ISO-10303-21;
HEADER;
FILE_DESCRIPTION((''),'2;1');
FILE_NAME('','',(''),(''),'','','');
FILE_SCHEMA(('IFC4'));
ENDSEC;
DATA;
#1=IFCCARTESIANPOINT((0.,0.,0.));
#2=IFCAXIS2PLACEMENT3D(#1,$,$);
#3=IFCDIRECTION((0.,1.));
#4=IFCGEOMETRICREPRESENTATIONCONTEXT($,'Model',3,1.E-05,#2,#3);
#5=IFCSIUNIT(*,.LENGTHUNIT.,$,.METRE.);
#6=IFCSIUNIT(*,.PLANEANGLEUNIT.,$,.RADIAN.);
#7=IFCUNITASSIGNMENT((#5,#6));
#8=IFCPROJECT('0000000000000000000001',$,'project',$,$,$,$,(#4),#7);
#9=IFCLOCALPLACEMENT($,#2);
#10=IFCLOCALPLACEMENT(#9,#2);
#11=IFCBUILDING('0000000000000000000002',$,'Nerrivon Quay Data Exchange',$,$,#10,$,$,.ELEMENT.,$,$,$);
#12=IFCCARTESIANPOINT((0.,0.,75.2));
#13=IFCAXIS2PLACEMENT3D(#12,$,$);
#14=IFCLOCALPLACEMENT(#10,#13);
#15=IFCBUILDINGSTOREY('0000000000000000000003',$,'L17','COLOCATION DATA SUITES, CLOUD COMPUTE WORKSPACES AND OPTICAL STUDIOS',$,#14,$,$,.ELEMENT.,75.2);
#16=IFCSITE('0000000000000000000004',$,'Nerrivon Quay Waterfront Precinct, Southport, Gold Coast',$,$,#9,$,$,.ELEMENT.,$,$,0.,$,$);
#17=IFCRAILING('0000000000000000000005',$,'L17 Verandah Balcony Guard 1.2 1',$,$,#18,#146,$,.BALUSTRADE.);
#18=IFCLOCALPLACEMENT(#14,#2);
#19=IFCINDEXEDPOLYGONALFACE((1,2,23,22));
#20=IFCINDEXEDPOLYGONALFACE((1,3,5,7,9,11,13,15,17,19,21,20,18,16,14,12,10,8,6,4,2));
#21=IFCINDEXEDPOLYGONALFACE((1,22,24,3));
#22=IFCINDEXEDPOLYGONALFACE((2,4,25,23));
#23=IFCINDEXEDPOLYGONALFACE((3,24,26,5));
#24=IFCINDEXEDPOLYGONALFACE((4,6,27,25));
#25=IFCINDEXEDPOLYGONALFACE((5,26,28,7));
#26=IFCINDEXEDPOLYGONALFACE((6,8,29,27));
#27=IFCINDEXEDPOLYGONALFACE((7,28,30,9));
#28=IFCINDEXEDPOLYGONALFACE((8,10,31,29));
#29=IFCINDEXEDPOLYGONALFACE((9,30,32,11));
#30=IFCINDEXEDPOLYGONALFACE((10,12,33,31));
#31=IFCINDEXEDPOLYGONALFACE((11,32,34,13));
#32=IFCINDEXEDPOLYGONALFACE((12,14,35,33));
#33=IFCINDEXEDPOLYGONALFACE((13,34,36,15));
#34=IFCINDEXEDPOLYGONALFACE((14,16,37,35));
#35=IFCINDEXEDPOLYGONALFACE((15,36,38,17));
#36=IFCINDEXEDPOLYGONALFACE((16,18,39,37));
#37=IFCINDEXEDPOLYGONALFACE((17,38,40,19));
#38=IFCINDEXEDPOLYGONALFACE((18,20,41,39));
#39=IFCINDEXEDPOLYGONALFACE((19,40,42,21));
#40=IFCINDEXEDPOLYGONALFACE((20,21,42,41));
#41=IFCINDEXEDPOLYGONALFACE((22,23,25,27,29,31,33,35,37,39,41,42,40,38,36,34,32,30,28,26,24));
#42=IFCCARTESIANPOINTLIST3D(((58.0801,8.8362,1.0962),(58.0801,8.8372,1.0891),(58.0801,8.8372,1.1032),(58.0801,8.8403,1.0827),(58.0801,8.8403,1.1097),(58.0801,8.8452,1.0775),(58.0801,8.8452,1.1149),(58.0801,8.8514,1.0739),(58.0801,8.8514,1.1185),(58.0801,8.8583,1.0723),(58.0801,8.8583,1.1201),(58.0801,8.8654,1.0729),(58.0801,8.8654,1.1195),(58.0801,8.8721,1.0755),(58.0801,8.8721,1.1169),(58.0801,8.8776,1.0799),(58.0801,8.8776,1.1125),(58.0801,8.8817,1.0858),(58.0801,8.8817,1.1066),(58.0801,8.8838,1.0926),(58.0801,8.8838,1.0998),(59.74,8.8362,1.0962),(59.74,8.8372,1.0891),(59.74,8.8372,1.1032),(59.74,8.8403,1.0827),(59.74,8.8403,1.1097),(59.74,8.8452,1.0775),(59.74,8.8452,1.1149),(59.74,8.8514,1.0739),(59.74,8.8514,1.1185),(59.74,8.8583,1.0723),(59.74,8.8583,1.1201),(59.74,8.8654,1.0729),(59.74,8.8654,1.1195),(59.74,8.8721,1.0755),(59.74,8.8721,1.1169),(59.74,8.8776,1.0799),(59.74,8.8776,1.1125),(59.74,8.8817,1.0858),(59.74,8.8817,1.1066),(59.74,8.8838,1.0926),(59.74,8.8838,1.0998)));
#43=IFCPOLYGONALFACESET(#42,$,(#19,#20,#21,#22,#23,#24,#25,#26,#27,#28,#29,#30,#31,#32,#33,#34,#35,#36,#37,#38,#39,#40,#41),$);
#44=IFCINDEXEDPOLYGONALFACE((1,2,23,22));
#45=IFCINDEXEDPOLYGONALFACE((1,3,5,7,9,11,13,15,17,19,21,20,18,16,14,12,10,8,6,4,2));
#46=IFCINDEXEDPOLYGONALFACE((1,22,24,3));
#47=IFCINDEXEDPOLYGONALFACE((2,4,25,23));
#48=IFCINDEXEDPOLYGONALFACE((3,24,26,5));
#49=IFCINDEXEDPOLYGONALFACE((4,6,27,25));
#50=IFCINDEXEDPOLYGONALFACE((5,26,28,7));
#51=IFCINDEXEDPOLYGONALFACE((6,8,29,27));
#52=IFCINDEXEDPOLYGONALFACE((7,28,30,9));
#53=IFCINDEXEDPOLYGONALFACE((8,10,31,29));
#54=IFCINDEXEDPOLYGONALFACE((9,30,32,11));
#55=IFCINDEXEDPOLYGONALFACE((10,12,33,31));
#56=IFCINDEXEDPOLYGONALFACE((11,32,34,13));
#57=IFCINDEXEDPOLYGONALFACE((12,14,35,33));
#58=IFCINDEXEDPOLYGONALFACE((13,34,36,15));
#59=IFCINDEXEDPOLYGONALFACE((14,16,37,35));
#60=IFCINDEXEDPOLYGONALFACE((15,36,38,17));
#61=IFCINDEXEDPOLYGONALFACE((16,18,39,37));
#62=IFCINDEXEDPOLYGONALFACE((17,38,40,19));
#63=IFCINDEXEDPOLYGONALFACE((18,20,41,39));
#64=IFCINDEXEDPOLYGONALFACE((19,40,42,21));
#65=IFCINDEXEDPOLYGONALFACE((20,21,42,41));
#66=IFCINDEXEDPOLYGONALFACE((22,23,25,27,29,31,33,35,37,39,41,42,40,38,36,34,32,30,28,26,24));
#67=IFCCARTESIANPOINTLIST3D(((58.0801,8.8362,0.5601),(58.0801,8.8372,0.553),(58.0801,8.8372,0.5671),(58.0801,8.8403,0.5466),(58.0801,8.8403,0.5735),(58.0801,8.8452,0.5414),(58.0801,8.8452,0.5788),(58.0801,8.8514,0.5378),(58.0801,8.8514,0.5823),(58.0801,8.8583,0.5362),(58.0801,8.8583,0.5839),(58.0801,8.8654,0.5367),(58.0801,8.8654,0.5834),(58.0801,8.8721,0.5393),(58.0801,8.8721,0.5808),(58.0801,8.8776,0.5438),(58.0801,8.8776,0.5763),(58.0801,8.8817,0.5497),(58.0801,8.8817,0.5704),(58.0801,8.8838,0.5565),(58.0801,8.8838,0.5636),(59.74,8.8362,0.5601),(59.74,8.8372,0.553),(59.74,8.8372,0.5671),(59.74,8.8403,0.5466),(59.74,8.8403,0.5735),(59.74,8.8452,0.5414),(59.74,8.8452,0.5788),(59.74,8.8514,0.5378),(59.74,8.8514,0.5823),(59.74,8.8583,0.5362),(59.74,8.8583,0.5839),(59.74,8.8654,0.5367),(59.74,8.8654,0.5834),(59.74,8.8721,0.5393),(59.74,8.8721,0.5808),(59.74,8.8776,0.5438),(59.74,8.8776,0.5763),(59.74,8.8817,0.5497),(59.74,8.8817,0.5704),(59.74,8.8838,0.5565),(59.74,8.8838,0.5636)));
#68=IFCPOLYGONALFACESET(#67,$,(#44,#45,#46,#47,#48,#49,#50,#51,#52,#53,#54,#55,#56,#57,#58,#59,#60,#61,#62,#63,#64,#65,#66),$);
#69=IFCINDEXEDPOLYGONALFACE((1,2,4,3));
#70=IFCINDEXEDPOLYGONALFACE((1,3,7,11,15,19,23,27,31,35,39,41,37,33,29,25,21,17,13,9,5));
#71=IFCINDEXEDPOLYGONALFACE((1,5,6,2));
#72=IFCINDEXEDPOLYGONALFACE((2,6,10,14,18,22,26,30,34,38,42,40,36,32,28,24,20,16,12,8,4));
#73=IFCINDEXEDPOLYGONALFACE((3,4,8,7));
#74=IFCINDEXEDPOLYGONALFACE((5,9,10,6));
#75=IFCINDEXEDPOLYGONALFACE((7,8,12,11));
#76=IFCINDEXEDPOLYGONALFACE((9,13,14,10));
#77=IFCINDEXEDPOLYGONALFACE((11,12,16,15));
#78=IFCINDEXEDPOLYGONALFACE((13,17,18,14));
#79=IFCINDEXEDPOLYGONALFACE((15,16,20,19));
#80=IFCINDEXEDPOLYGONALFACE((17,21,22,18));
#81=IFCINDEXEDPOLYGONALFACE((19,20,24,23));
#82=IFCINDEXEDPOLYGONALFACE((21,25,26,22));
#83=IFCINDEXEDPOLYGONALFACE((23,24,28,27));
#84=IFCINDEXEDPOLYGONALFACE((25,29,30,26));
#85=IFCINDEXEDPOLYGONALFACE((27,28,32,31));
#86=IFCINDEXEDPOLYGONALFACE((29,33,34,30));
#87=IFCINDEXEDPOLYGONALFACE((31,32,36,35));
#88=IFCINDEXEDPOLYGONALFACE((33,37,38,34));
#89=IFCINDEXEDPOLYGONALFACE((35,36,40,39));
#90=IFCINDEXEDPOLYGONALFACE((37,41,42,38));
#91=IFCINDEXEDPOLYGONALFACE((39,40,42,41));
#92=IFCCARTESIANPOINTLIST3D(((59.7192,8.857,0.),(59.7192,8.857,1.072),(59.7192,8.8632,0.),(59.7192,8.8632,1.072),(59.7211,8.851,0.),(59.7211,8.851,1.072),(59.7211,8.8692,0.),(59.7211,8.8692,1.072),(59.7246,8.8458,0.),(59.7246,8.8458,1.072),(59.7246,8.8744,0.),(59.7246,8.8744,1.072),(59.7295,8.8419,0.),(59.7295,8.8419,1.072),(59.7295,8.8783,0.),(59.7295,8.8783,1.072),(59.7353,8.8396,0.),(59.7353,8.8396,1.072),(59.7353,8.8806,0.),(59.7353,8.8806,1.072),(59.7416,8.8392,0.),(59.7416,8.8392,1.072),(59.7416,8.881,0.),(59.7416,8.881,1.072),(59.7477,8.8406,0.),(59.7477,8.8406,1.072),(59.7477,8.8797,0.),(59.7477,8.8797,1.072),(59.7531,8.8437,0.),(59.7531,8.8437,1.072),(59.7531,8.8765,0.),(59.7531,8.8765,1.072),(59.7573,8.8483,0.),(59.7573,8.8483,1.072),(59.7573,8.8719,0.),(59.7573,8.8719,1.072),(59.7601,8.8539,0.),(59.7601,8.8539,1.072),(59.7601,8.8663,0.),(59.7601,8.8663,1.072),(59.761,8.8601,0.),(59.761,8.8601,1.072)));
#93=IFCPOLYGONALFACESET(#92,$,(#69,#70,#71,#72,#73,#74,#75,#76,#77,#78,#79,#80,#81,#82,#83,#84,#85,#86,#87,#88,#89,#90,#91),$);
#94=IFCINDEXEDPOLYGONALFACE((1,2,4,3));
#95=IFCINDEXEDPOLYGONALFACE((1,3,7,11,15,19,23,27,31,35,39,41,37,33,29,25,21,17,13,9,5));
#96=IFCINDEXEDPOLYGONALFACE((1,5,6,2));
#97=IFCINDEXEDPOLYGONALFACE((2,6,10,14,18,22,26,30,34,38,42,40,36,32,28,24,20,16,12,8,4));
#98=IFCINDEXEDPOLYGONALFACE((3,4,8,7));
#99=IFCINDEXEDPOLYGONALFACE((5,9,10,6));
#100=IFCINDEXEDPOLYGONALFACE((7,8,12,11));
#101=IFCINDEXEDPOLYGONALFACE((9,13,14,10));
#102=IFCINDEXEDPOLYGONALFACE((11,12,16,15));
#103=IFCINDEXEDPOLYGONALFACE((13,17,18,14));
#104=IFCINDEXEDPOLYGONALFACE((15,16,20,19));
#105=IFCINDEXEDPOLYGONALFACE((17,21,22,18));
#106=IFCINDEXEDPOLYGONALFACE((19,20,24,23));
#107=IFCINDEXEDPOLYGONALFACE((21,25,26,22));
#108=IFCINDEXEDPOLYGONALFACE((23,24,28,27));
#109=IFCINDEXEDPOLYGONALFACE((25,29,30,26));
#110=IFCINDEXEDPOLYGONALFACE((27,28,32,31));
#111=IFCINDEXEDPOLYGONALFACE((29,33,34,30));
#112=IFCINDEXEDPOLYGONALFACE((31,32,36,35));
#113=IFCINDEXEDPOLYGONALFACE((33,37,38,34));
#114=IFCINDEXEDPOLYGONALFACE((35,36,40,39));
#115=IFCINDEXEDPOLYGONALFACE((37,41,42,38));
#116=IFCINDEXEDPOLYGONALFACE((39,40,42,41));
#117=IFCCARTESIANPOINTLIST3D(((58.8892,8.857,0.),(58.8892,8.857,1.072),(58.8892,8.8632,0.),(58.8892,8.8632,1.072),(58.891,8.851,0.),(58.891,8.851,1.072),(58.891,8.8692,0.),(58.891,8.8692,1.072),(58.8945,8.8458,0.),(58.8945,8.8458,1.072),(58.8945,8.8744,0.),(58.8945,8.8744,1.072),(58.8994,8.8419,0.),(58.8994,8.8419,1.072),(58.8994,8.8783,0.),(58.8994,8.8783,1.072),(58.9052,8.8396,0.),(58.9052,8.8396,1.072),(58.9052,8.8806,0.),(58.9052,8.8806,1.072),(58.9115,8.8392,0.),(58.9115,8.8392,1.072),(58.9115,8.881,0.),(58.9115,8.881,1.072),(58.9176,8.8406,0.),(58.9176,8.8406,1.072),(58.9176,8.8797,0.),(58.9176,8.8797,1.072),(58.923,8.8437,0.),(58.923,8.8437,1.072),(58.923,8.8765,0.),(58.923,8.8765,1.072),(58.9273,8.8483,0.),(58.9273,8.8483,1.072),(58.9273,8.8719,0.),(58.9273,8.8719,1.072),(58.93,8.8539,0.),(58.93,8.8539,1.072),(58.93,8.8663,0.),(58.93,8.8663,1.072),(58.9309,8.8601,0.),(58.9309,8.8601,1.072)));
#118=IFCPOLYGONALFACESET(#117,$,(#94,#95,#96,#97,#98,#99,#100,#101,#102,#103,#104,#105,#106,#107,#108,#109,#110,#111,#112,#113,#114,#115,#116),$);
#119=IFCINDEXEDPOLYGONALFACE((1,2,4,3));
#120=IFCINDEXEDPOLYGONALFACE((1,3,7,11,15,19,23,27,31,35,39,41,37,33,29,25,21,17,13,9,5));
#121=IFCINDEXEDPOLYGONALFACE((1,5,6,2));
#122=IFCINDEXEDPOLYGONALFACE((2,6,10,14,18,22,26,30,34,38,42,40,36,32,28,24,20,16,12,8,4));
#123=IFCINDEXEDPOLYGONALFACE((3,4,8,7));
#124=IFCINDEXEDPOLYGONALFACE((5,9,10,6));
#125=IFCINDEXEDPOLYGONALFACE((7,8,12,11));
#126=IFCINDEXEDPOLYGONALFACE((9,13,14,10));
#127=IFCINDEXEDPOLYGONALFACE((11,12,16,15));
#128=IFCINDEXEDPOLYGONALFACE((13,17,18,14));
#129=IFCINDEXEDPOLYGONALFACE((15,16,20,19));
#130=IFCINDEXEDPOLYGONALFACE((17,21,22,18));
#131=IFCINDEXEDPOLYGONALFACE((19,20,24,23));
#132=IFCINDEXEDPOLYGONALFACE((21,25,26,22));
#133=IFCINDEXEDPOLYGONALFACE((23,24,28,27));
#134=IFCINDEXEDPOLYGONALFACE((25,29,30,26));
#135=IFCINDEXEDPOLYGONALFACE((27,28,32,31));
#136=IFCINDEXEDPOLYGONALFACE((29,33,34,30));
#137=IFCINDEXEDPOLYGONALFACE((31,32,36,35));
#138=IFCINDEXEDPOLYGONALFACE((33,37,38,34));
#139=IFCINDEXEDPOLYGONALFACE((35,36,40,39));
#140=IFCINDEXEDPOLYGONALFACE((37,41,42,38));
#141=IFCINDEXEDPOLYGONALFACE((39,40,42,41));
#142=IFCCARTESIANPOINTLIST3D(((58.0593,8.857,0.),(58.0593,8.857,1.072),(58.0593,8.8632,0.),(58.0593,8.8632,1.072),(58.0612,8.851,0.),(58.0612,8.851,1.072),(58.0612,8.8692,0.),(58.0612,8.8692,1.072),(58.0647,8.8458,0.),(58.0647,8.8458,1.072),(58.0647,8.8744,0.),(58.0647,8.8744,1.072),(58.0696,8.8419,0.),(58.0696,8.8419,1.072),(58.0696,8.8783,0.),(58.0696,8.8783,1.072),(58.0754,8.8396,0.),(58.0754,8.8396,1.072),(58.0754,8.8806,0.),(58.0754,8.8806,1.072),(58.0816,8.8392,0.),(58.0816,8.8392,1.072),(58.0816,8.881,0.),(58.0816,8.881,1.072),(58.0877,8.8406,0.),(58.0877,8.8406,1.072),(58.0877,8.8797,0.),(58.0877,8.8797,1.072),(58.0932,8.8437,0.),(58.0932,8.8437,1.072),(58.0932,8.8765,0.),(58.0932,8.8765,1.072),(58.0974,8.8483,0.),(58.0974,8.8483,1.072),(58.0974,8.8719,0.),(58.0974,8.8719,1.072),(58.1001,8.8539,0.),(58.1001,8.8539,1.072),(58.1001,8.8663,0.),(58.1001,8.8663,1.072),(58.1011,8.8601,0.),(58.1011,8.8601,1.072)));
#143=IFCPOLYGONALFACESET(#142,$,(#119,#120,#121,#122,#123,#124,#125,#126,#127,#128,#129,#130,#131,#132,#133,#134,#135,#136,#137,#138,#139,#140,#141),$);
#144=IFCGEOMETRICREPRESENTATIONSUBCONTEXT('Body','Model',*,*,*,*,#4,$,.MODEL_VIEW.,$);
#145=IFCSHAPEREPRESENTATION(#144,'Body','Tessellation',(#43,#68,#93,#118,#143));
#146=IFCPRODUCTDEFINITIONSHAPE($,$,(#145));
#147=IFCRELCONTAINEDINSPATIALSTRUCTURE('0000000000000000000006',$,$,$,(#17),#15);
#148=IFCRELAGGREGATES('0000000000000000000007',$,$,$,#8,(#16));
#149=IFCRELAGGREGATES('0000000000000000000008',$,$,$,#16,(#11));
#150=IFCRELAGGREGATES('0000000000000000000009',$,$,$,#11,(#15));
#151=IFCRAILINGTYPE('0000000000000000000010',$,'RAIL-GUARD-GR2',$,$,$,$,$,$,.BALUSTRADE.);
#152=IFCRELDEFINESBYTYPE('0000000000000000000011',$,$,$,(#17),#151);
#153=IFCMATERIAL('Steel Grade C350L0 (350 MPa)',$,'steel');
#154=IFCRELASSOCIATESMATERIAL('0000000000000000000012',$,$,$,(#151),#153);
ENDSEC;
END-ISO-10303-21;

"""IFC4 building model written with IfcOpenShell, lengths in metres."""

from ifc_helpers import new_model, si_unit, direction, frame, origin, origin_2d, place, context, subcontext, project, spatial, circle, extrude, material, type_object, element, save


model = new_model("IFC4")

# Units and contexts
model_context = context("Model", 3, precision=1e-05, world=origin(), true_north=direction((0.0, 1.0)))
body_context = subcontext(model_context, "Body", "Model", "MODEL_VIEW")
ifc_project = project(units=[si_unit("LENGTHUNIT", "METRE"), si_unit("PLANEANGLEUNIT", "RADIAN")], contexts=[model_context])

# Site, building, storey
site_placement = place(None, origin())
site = spatial("IfcSite", under=ifc_project, at=site_placement, Name="Nerrivon Quay Waterfront Precinct, Southport, Gold Coast", CompositionType="ELEMENT", RefElevation=0.0)
building_placement = place(site_placement, origin())
building = spatial("IfcBuilding", under=site, at=building_placement, Name="Nerrivon Quay Data Exchange", CompositionType="ELEMENT")
storey_placement = place(building_placement, frame((0.0, 0.0, 75.2)))
storey = spatial("IfcBuildingStorey", under=building, at=storey_placement, Name="L17", Description="COLOCATION DATA SUITES, CLOUD COMPUTE WORKSPACES AND OPTICAL STUDIOS", CompositionType="ELEMENT", Elevation=75.2)

# Railing
ifc_material_1 = material(Name="Steel Grade C350L0 (350 MPa)", Category="steel")
railing_type = type_object("IfcRailingType", Name="RAIL-GUARD-GR2", PredefinedType="BALUSTRADE", material=ifc_material_1)
railing_1_placement = place(storey_placement, frame((59.74, 8.8601, 0.0)))
element("IfcRailing", 1, at=railing_1_placement, inside=storey, type_object=railing_type, Name="L17 Verandah Balcony Guard 1.2 1", PredefinedType="BALUSTRADE", context=body_context, shape_type="SweptSolid", body=[
    extrude(circle(Radius=0.0239, at=origin_2d()), frame((0.0, 0.0, 1.0962), z_axis=(-1.0, 0.0, 0.0), x_axis=(0.0, -1.0, 0.0)), (0.0, 0.0, 1.0), 1.6599),
    extrude(circle(Radius=0.0239, at=origin_2d()), frame((0.0, 0.0, 0.5601), z_axis=(-1.0, 0.0, 0.0), x_axis=(0.0, -1.0, 0.0)), (0.0, 0.0, 1.0), 1.6599),
    extrude(circle(Radius=0.021, at=origin_2d()), origin(), (0.0, 0.0, 1.0), 1.072),
    extrude(circle(Radius=0.021, at=origin_2d()), frame((-0.8301, 0.0, 0.0)), (0.0, 0.0, 1.0), 1.072),
    extrude(circle(Radius=0.021, at=origin_2d()), frame((-1.6599, 0.0, 0.0)), (0.0, 0.0, 1.0), 1.072),
])

save(model, "model.ifc")
